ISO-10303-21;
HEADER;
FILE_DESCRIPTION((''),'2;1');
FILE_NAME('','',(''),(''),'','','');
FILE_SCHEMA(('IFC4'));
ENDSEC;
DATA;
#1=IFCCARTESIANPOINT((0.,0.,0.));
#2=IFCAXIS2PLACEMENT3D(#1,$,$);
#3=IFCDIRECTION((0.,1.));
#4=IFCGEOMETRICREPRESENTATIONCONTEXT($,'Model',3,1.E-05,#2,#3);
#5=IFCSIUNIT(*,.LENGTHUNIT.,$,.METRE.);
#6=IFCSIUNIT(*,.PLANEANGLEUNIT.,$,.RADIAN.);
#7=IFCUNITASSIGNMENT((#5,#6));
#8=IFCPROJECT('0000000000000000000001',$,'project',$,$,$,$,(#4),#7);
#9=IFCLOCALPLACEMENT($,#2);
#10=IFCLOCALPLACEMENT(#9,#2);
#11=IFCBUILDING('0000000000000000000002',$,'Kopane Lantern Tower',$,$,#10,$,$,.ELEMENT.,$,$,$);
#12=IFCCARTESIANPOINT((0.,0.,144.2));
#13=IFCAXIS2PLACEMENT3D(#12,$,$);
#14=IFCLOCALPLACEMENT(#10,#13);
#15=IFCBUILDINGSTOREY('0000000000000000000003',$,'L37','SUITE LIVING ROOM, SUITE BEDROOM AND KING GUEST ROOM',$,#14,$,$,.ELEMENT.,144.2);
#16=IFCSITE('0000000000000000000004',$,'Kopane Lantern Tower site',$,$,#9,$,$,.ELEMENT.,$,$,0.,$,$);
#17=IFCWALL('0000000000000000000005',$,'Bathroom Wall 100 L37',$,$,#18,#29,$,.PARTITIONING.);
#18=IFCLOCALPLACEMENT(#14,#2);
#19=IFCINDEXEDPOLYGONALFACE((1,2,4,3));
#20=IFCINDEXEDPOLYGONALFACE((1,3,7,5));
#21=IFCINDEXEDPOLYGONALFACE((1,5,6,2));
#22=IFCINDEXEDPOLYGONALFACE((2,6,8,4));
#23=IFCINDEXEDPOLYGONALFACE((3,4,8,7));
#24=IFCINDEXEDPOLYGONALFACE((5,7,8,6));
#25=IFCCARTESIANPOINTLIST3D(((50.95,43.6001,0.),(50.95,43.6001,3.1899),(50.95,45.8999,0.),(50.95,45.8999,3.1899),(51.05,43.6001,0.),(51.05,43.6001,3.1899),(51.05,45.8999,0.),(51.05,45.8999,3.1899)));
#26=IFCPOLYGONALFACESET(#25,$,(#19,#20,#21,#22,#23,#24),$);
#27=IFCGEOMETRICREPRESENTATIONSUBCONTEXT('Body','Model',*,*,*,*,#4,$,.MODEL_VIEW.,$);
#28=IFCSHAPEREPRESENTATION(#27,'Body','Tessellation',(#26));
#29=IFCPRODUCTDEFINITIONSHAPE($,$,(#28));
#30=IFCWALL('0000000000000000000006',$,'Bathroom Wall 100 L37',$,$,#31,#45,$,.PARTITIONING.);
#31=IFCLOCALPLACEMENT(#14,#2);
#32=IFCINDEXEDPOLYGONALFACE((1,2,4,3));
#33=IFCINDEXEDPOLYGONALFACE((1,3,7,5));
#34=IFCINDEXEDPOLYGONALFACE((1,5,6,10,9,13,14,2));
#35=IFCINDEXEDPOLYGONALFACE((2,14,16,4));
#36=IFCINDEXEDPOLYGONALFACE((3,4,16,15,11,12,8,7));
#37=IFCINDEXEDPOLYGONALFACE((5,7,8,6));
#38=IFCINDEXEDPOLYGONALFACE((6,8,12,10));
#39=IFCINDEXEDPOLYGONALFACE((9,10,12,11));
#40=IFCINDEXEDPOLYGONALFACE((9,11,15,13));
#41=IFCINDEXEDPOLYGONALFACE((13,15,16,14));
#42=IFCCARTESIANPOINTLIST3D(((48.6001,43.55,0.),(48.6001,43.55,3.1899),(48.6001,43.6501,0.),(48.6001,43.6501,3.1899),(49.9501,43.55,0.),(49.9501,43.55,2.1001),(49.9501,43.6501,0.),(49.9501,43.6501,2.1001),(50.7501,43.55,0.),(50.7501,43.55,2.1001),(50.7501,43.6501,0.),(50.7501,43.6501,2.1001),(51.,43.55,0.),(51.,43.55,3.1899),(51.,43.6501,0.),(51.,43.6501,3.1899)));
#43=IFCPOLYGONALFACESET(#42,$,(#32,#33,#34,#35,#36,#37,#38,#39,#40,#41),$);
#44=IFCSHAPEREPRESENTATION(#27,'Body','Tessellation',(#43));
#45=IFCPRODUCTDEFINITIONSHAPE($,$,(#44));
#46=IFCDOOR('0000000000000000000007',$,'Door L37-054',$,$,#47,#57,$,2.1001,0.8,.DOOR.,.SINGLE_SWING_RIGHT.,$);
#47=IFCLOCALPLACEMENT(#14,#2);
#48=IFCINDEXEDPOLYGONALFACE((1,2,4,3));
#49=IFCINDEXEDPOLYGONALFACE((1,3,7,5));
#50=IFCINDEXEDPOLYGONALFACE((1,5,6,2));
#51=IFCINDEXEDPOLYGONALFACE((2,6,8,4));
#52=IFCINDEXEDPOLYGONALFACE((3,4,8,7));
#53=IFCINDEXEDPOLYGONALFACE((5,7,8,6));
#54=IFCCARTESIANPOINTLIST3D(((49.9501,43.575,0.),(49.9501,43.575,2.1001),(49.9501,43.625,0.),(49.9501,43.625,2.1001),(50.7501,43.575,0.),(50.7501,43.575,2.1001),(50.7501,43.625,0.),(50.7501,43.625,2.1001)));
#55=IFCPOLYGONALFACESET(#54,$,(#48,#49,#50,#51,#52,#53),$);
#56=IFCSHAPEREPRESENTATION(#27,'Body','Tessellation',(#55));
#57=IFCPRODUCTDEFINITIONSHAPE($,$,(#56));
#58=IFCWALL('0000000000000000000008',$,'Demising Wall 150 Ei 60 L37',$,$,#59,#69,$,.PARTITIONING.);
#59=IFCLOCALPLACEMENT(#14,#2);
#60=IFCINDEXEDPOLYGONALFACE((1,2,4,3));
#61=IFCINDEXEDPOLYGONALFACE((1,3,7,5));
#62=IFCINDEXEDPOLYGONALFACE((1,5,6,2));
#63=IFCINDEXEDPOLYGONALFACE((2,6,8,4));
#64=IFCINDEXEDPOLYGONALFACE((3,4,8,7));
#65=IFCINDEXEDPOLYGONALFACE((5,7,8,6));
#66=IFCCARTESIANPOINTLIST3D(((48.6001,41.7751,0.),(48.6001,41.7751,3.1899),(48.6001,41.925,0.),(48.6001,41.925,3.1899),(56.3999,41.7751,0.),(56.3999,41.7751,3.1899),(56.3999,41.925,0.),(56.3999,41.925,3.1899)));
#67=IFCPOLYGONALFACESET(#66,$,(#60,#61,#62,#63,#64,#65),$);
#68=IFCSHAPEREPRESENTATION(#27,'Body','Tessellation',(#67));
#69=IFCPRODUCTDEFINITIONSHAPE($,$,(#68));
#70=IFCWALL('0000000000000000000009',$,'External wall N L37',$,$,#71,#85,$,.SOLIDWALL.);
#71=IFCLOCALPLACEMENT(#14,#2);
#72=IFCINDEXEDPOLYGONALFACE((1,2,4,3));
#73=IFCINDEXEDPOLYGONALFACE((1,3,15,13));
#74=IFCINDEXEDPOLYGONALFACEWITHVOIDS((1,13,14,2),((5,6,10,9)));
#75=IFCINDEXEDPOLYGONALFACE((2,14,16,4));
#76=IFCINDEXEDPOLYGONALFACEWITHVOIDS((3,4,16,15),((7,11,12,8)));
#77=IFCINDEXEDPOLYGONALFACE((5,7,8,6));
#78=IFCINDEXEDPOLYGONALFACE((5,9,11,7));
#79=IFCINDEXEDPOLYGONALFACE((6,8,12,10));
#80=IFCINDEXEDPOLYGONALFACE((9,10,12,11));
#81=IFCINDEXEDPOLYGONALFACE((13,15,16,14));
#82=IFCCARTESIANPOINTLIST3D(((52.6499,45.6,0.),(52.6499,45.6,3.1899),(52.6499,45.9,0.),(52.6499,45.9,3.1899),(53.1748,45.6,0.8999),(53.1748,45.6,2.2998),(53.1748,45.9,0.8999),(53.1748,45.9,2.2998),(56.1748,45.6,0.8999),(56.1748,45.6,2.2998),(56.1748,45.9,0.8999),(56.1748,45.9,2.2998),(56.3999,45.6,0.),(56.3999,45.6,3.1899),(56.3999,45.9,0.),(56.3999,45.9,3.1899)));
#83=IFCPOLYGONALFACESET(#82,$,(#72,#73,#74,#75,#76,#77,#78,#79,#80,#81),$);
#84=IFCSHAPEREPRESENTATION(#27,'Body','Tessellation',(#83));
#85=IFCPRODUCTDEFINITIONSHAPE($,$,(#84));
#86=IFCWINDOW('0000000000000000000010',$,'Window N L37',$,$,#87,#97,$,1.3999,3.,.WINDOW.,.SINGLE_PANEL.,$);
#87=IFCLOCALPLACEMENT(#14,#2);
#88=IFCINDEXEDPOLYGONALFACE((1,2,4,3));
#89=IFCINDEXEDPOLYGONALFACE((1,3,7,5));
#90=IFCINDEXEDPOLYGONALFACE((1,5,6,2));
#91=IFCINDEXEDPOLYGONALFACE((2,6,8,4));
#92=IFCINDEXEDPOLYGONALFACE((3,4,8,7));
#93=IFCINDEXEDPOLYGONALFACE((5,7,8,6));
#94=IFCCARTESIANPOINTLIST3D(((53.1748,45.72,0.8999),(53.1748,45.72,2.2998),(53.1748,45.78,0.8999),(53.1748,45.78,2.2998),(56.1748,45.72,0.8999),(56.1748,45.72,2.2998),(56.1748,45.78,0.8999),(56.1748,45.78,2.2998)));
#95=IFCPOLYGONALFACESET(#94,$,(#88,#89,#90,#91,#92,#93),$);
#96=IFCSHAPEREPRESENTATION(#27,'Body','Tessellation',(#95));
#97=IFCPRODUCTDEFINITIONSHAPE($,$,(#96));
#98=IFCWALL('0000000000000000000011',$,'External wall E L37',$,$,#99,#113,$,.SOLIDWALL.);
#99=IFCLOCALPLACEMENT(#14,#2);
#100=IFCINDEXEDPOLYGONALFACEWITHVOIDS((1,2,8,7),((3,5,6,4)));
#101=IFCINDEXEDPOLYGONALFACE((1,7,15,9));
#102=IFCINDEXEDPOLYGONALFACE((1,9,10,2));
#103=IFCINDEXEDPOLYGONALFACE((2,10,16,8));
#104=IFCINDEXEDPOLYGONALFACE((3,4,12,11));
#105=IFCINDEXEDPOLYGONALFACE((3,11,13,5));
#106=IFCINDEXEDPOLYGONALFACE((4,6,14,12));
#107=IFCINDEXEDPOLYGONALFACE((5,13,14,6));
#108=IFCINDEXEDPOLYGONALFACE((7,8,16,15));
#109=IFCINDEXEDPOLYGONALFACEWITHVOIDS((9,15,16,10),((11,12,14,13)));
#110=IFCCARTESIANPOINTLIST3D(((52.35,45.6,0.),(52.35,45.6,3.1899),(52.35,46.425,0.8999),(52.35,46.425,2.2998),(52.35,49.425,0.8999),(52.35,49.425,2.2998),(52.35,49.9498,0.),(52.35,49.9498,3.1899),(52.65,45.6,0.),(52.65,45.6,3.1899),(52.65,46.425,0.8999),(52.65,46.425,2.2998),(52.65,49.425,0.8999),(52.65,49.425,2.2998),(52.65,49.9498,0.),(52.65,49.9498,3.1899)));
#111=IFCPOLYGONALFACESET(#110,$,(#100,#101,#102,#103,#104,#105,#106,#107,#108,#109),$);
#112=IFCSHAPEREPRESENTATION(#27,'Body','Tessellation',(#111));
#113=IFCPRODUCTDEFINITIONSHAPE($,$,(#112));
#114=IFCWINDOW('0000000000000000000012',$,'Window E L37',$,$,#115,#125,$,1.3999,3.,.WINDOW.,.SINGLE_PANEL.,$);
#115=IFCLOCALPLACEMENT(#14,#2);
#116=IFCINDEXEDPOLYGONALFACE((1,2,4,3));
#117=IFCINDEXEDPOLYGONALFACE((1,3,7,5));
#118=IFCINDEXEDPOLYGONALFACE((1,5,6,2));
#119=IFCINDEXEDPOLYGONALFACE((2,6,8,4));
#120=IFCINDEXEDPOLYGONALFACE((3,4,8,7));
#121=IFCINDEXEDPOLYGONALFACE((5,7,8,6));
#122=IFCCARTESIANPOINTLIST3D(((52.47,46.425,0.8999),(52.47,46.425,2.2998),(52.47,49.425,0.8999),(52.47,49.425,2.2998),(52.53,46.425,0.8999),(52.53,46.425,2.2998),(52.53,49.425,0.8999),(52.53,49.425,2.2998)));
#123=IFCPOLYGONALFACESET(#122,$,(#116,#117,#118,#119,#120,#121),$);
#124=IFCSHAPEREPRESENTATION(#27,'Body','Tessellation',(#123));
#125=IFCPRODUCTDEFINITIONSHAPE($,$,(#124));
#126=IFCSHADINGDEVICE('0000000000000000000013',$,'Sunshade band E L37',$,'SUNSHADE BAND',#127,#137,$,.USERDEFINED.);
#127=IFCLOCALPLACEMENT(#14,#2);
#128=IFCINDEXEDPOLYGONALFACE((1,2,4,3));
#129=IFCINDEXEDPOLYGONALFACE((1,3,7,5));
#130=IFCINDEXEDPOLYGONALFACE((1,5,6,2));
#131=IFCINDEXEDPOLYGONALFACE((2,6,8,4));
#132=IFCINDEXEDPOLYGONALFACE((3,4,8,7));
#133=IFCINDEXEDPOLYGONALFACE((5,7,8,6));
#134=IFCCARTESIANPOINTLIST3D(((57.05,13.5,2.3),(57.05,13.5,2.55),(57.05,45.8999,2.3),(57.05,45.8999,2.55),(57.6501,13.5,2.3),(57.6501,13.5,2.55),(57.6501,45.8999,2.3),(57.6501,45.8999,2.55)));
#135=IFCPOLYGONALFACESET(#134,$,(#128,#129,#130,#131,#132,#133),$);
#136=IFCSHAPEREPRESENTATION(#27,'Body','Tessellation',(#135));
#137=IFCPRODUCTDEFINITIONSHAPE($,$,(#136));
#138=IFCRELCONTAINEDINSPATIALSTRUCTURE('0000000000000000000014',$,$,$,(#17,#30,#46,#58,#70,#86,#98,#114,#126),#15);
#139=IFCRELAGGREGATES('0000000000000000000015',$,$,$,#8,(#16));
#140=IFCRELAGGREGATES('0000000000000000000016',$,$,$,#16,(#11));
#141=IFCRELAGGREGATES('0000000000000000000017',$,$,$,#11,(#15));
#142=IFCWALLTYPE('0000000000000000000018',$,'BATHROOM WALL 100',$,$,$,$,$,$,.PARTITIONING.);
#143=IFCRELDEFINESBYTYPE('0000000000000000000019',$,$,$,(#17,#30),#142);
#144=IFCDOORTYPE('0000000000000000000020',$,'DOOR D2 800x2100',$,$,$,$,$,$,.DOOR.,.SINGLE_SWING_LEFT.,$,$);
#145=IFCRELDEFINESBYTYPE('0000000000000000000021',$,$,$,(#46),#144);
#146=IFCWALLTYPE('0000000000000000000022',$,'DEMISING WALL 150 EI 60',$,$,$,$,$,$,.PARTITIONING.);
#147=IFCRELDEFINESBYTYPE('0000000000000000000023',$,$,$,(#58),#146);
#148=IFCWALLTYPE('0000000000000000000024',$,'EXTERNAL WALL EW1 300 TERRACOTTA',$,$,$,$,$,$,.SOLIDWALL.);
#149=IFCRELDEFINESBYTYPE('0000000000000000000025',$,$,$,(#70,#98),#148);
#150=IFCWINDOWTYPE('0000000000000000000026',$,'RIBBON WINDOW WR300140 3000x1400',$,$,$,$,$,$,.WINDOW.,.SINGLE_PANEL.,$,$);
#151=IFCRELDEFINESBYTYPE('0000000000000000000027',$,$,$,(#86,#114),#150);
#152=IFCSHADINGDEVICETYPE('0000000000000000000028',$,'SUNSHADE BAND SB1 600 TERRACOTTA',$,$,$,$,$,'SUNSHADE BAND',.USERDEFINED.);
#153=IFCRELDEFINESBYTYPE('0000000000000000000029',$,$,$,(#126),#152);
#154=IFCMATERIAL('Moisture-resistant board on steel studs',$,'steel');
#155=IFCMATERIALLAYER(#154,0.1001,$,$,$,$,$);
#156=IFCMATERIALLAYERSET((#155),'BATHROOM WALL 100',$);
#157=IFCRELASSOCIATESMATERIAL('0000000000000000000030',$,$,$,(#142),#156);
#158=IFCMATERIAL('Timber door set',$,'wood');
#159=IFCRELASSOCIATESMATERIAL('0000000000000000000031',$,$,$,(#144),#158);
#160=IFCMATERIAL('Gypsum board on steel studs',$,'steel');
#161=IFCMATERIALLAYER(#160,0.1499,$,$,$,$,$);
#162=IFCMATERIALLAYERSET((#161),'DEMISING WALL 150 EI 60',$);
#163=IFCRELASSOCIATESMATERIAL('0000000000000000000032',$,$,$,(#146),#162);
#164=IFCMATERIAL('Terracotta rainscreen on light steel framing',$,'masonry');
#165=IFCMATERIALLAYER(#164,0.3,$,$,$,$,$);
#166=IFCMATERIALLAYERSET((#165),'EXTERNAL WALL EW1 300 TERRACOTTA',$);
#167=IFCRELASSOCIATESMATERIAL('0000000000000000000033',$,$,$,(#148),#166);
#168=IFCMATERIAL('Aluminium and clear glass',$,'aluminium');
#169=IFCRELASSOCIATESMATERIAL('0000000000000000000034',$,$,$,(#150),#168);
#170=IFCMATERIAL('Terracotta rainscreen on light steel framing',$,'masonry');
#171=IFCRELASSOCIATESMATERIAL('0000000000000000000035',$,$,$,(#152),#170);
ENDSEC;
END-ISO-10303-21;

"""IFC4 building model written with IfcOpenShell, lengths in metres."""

from ifc_helpers import new_model, si_unit, direction, frame, frame_2d, origin, origin_2d, place, context, subcontext, project, spatial, rectangle, extrude, material, layer, layer_set, type_object, element, fill, save


model = new_model("IFC4")

# Units and contexts
model_context = context("Model", 3, precision=1e-05, world=origin(), true_north=direction((0.0, 1.0)))
body_context = subcontext(model_context, "Body", "Model", "MODEL_VIEW")
ifc_project = project(units=[si_unit("LENGTHUNIT", "METRE"), si_unit("PLANEANGLEUNIT", "RADIAN")], contexts=[model_context])

# Site, building, storey
site_placement = place(None, origin())
site = spatial("IfcSite", under=ifc_project, at=site_placement, Name="Kopane Lantern Tower site", CompositionType="ELEMENT", RefElevation=0.0)
building_placement = place(site_placement, origin())
building = spatial("IfcBuilding", under=site, at=building_placement, Name="Kopane Lantern Tower", CompositionType="ELEMENT")
storey_placement = place(building_placement, frame((0.0, 0.0, 144.2)))
storey = spatial("IfcBuildingStorey", under=building, at=storey_placement, Name="L37", Description="SUITE LIVING ROOM, SUITE BEDROOM AND KING GUEST ROOM", CompositionType="ELEMENT", Elevation=144.2)

# Shared definitions
ifc_material_1 = material(Name="Moisture-resistant board on steel studs", Category="steel")
ifc_layer_1 = layer(ifc_material_1, 0.1001)
ifc_layer_set_1 = layer_set([ifc_layer_1], Name="BATHROOM WALL 100")
wall_type_1 = type_object("IfcWallType", Name="BATHROOM WALL 100", PredefinedType="PARTITIONING", material=ifc_layer_set_1)

# Shared definitions
ifc_material_2 = material(Name="Timber door set", Category="wood")
door_type_1 = type_object("IfcDoorType", Name="DOOR D2 800x2100", OperationType="SINGLE_SWING_LEFT", PredefinedType="DOOR", material=ifc_material_2)

# Wall
wall_1_placement = place(storey_placement, frame((51.0, 43.6001, 0.0), z_axis=(0.0, 0.0, 1.0), x_axis=(0.0, 1.0, 0.0)))
element("IfcWall", 1, at=wall_1_placement, inside=storey, type_object=wall_type_1, Name="Bathroom Wall 100 L37", PredefinedType="PARTITIONING", context=body_context, shape_type="SweptSolid", body=[
    extrude(rectangle(XDim=2.2998, YDim=0.1001, at=frame_2d((1.1499, 0.0))), origin(), (0.0, 0.0, 1.0), 3.1899),
])

# Wall, opening, door
wall_2_placement = place(storey_placement, frame((48.6001, 43.6001, 0.0), z_axis=(0.0, 0.0, 1.0), x_axis=(1.0, 0.0, 0.0)))
wall_2 = element("IfcWall", 2, at=wall_2_placement, inside=storey, type_object=wall_type_1, Name="Bathroom Wall 100 L37", PredefinedType="PARTITIONING", context=body_context, shape_type="SweptSolid", body=[
    extrude(rectangle(XDim=2.3999, YDim=0.1001, at=frame_2d((1.2, 0.0))), origin(), (0.0, 0.0, 1.0), 3.1899),
])
opening_1_placement = place(wall_2_placement, frame((1.3501, 0.0, 0.0)))
opening_1 = element("IfcOpeningElement", 3, at=opening_1_placement, cuts=wall_2, PredefinedType="OPENING", context=body_context, shape_type="SweptSolid", body=[
    extrude(rectangle(XDim=0.8, YDim=2.1001, at=frame_2d((0.3999, 1.05))), frame((0.0, 0.0601, 0.0), z_axis=(0.0, -1.0, 0.0), x_axis=(1.0, 0.0, 0.0)), (0.0, 0.0, 1.0), 0.1201),
])
door_1_placement = place(opening_1_placement, origin())
door_1 = element("IfcDoor", 4, at=door_1_placement, inside=storey, type_object=door_type_1, Name="Door L37-054", OperationType="SINGLE_SWING_RIGHT", OverallHeight=2.1001, OverallWidth=0.8, PredefinedType="DOOR", context=body_context, shape_type="SweptSolid", body=[
    extrude(rectangle(XDim=0.8, YDim=2.1001, at=frame_2d((0.3999, 1.05))), frame((0.0, 0.0249, 0.0), z_axis=(0.0, -1.0, 0.0), x_axis=(1.0, 0.0, 0.0)), (0.0, 0.0, 1.0), 0.05),
])
fill(opening_1, door_1)

# Wall
ifc_material_3 = material(Name="Gypsum board on steel studs", Category="steel")
ifc_layer_2 = layer(ifc_material_3, 0.1499)
ifc_layer_set_2 = layer_set([ifc_layer_2], Name="DEMISING WALL 150 EI 60")
wall_type_2 = type_object("IfcWallType", Name="DEMISING WALL 150 EI 60", PredefinedType="PARTITIONING", material=ifc_layer_set_2)
wall_3_placement = place(storey_placement, frame((48.6001, 41.8501, 0.0), z_axis=(0.0, 0.0, 1.0), x_axis=(1.0, 0.0, 0.0)))
element("IfcWall", 5, at=wall_3_placement, inside=storey, type_object=wall_type_2, Name="Demising Wall 150 Ei 60 L37", PredefinedType="PARTITIONING", context=body_context, shape_type="SweptSolid", body=[
    extrude(rectangle(XDim=7.7998, YDim=0.1499, at=frame_2d((3.8999, 0.0))), origin(), (0.0, 0.0, 1.0), 3.1899),
])

# Walls, openings, windows
ifc_material_4 = material(Name="Terracotta rainscreen on light steel framing", Category="masonry")
ifc_layer_3 = layer(ifc_material_4, 0.3)
ifc_layer_set_3 = layer_set([ifc_layer_3], Name="EXTERNAL WALL EW1 300 TERRACOTTA")
wall_type_3 = type_object("IfcWallType", Name="EXTERNAL WALL EW1 300 TERRACOTTA", PredefinedType="SOLIDWALL", material=ifc_layer_set_3)
wall_4_placement = place(storey_placement, frame((56.3999, 45.75, 0.0), z_axis=(0.0, 0.0, 1.0), x_axis=(-1.0, 0.0, 0.0)))
wall_4 = element("IfcWall", 6, at=wall_4_placement, inside=storey, type_object=wall_type_3, Name="External wall N L37", PredefinedType="SOLIDWALL", context=body_context, shape_type="SweptSolid", body=[
    extrude(rectangle(XDim=3.75, YDim=0.3, at=frame_2d((1.875, 0.0))), origin(), (0.0, 0.0, 1.0), 3.1899),
])
opening_2_placement = place(wall_4_placement, frame((0.2251, 0.0, 0.8999)))
opening_2 = element("IfcOpeningElement", 7, at=opening_2_placement, cuts=wall_4, PredefinedType="OPENING", context=body_context, shape_type="SweptSolid", body=[
    extrude(rectangle(XDim=3.0, YDim=1.3999, at=frame_2d((1.5, 0.7))), frame((0.0, 0.1599, 0.0), z_axis=(0.0, -1.0, 0.0), x_axis=(1.0, 0.0, 0.0)), (0.0, 0.0, 1.0), 0.3201),
])
ifc_material_5 = material(Name="Aluminium and clear glass", Category="aluminium")
window_type = type_object("IfcWindowType", Name="RIBBON WINDOW WR300140 3000x1400", PartitioningType="SINGLE_PANEL", PredefinedType="WINDOW", material=ifc_material_5)
window_1_placement = place(opening_2_placement, origin())
window_1 = element("IfcWindow", 8, at=window_1_placement, inside=storey, type_object=window_type, Name="Window N L37", OverallHeight=1.3999, OverallWidth=3.0, PartitioningType="SINGLE_PANEL", PredefinedType="WINDOW", context=body_context, shape_type="SweptSolid", body=[
    extrude(rectangle(XDim=3.0, YDim=1.3999, at=frame_2d((1.5, 0.7))), frame((0.0, 0.03, 0.0), z_axis=(0.0, -1.0, 0.0), x_axis=(1.0, 0.0, 0.0)), (0.0, 0.0, 1.0), 0.0601),
])
fill(opening_2, window_1)
wall_5_placement = place(storey_placement, frame((52.5, 45.6001, 0.0), z_axis=(0.0, 0.0, 1.0), x_axis=(0.0, 1.0, 0.0)))
wall_5 = element("IfcWall", 9, at=wall_5_placement, inside=storey, type_object=wall_type_3, Name="External wall E L37", PredefinedType="SOLIDWALL", context=body_context, shape_type="SweptSolid", body=[
    extrude(rectangle(XDim=4.3499, YDim=0.3, at=frame_2d((2.1748, 0.0))), origin(), (0.0, 0.0, 1.0), 3.1899),
])
opening_3_placement = place(wall_5_placement, frame((0.825, 0.0, 0.8999)))
opening_3 = element("IfcOpeningElement", 10, at=opening_3_placement, cuts=wall_5, PredefinedType="OPENING", context=body_context, shape_type="SweptSolid", body=[
    extrude(rectangle(XDim=3.0, YDim=1.3999, at=frame_2d((1.5, 0.7))), frame((0.0, 0.1599, 0.0), z_axis=(0.0, -1.0, 0.0), x_axis=(1.0, 0.0, 0.0)), (0.0, 0.0, 1.0), 0.3201),
])
window_2_placement = place(opening_3_placement, origin())
window_2 = element("IfcWindow", 11, at=window_2_placement, inside=storey, type_object=window_type, Name="Window E L37", OverallHeight=1.3999, OverallWidth=3.0, PartitioningType="SINGLE_PANEL", PredefinedType="WINDOW", context=body_context, shape_type="SweptSolid", body=[
    extrude(rectangle(XDim=3.0, YDim=1.3999, at=frame_2d((1.5, 0.7))), frame((0.0, 0.03, 0.0), z_axis=(0.0, -1.0, 0.0), x_axis=(1.0, 0.0, 0.0)), (0.0, 0.0, 1.0), 0.0601),
])
fill(opening_3, window_2)

# Shading device
ifc_material_6 = material(Name="Terracotta rainscreen on light steel framing", Category="masonry")
shading_device_type = type_object("IfcShadingDeviceType", Name="SUNSHADE BAND SB1 600 TERRACOTTA", ElementType="SUNSHADE BAND", PredefinedType="USERDEFINED", material=ifc_material_6)
shading_device_placement = place(storey_placement, frame((57.3501, 29.7, 2.3), z_axis=(0.0, 0.0, 1.0), x_axis=(0.0, 1.0, 0.0)))
element("IfcShadingDevice", 12, at=shading_device_placement, inside=storey, type_object=shading_device_type, Name="Sunshade band E L37", ObjectType="SUNSHADE BAND", PredefinedType="USERDEFINED", context=body_context, shape_type="SweptSolid", body=[
    extrude(rectangle(XDim=32.3999, YDim=0.6001, at=origin_2d()), origin(), (0.0, 0.0, 1.0), 0.25),
])

save(model, "model.ifc")
